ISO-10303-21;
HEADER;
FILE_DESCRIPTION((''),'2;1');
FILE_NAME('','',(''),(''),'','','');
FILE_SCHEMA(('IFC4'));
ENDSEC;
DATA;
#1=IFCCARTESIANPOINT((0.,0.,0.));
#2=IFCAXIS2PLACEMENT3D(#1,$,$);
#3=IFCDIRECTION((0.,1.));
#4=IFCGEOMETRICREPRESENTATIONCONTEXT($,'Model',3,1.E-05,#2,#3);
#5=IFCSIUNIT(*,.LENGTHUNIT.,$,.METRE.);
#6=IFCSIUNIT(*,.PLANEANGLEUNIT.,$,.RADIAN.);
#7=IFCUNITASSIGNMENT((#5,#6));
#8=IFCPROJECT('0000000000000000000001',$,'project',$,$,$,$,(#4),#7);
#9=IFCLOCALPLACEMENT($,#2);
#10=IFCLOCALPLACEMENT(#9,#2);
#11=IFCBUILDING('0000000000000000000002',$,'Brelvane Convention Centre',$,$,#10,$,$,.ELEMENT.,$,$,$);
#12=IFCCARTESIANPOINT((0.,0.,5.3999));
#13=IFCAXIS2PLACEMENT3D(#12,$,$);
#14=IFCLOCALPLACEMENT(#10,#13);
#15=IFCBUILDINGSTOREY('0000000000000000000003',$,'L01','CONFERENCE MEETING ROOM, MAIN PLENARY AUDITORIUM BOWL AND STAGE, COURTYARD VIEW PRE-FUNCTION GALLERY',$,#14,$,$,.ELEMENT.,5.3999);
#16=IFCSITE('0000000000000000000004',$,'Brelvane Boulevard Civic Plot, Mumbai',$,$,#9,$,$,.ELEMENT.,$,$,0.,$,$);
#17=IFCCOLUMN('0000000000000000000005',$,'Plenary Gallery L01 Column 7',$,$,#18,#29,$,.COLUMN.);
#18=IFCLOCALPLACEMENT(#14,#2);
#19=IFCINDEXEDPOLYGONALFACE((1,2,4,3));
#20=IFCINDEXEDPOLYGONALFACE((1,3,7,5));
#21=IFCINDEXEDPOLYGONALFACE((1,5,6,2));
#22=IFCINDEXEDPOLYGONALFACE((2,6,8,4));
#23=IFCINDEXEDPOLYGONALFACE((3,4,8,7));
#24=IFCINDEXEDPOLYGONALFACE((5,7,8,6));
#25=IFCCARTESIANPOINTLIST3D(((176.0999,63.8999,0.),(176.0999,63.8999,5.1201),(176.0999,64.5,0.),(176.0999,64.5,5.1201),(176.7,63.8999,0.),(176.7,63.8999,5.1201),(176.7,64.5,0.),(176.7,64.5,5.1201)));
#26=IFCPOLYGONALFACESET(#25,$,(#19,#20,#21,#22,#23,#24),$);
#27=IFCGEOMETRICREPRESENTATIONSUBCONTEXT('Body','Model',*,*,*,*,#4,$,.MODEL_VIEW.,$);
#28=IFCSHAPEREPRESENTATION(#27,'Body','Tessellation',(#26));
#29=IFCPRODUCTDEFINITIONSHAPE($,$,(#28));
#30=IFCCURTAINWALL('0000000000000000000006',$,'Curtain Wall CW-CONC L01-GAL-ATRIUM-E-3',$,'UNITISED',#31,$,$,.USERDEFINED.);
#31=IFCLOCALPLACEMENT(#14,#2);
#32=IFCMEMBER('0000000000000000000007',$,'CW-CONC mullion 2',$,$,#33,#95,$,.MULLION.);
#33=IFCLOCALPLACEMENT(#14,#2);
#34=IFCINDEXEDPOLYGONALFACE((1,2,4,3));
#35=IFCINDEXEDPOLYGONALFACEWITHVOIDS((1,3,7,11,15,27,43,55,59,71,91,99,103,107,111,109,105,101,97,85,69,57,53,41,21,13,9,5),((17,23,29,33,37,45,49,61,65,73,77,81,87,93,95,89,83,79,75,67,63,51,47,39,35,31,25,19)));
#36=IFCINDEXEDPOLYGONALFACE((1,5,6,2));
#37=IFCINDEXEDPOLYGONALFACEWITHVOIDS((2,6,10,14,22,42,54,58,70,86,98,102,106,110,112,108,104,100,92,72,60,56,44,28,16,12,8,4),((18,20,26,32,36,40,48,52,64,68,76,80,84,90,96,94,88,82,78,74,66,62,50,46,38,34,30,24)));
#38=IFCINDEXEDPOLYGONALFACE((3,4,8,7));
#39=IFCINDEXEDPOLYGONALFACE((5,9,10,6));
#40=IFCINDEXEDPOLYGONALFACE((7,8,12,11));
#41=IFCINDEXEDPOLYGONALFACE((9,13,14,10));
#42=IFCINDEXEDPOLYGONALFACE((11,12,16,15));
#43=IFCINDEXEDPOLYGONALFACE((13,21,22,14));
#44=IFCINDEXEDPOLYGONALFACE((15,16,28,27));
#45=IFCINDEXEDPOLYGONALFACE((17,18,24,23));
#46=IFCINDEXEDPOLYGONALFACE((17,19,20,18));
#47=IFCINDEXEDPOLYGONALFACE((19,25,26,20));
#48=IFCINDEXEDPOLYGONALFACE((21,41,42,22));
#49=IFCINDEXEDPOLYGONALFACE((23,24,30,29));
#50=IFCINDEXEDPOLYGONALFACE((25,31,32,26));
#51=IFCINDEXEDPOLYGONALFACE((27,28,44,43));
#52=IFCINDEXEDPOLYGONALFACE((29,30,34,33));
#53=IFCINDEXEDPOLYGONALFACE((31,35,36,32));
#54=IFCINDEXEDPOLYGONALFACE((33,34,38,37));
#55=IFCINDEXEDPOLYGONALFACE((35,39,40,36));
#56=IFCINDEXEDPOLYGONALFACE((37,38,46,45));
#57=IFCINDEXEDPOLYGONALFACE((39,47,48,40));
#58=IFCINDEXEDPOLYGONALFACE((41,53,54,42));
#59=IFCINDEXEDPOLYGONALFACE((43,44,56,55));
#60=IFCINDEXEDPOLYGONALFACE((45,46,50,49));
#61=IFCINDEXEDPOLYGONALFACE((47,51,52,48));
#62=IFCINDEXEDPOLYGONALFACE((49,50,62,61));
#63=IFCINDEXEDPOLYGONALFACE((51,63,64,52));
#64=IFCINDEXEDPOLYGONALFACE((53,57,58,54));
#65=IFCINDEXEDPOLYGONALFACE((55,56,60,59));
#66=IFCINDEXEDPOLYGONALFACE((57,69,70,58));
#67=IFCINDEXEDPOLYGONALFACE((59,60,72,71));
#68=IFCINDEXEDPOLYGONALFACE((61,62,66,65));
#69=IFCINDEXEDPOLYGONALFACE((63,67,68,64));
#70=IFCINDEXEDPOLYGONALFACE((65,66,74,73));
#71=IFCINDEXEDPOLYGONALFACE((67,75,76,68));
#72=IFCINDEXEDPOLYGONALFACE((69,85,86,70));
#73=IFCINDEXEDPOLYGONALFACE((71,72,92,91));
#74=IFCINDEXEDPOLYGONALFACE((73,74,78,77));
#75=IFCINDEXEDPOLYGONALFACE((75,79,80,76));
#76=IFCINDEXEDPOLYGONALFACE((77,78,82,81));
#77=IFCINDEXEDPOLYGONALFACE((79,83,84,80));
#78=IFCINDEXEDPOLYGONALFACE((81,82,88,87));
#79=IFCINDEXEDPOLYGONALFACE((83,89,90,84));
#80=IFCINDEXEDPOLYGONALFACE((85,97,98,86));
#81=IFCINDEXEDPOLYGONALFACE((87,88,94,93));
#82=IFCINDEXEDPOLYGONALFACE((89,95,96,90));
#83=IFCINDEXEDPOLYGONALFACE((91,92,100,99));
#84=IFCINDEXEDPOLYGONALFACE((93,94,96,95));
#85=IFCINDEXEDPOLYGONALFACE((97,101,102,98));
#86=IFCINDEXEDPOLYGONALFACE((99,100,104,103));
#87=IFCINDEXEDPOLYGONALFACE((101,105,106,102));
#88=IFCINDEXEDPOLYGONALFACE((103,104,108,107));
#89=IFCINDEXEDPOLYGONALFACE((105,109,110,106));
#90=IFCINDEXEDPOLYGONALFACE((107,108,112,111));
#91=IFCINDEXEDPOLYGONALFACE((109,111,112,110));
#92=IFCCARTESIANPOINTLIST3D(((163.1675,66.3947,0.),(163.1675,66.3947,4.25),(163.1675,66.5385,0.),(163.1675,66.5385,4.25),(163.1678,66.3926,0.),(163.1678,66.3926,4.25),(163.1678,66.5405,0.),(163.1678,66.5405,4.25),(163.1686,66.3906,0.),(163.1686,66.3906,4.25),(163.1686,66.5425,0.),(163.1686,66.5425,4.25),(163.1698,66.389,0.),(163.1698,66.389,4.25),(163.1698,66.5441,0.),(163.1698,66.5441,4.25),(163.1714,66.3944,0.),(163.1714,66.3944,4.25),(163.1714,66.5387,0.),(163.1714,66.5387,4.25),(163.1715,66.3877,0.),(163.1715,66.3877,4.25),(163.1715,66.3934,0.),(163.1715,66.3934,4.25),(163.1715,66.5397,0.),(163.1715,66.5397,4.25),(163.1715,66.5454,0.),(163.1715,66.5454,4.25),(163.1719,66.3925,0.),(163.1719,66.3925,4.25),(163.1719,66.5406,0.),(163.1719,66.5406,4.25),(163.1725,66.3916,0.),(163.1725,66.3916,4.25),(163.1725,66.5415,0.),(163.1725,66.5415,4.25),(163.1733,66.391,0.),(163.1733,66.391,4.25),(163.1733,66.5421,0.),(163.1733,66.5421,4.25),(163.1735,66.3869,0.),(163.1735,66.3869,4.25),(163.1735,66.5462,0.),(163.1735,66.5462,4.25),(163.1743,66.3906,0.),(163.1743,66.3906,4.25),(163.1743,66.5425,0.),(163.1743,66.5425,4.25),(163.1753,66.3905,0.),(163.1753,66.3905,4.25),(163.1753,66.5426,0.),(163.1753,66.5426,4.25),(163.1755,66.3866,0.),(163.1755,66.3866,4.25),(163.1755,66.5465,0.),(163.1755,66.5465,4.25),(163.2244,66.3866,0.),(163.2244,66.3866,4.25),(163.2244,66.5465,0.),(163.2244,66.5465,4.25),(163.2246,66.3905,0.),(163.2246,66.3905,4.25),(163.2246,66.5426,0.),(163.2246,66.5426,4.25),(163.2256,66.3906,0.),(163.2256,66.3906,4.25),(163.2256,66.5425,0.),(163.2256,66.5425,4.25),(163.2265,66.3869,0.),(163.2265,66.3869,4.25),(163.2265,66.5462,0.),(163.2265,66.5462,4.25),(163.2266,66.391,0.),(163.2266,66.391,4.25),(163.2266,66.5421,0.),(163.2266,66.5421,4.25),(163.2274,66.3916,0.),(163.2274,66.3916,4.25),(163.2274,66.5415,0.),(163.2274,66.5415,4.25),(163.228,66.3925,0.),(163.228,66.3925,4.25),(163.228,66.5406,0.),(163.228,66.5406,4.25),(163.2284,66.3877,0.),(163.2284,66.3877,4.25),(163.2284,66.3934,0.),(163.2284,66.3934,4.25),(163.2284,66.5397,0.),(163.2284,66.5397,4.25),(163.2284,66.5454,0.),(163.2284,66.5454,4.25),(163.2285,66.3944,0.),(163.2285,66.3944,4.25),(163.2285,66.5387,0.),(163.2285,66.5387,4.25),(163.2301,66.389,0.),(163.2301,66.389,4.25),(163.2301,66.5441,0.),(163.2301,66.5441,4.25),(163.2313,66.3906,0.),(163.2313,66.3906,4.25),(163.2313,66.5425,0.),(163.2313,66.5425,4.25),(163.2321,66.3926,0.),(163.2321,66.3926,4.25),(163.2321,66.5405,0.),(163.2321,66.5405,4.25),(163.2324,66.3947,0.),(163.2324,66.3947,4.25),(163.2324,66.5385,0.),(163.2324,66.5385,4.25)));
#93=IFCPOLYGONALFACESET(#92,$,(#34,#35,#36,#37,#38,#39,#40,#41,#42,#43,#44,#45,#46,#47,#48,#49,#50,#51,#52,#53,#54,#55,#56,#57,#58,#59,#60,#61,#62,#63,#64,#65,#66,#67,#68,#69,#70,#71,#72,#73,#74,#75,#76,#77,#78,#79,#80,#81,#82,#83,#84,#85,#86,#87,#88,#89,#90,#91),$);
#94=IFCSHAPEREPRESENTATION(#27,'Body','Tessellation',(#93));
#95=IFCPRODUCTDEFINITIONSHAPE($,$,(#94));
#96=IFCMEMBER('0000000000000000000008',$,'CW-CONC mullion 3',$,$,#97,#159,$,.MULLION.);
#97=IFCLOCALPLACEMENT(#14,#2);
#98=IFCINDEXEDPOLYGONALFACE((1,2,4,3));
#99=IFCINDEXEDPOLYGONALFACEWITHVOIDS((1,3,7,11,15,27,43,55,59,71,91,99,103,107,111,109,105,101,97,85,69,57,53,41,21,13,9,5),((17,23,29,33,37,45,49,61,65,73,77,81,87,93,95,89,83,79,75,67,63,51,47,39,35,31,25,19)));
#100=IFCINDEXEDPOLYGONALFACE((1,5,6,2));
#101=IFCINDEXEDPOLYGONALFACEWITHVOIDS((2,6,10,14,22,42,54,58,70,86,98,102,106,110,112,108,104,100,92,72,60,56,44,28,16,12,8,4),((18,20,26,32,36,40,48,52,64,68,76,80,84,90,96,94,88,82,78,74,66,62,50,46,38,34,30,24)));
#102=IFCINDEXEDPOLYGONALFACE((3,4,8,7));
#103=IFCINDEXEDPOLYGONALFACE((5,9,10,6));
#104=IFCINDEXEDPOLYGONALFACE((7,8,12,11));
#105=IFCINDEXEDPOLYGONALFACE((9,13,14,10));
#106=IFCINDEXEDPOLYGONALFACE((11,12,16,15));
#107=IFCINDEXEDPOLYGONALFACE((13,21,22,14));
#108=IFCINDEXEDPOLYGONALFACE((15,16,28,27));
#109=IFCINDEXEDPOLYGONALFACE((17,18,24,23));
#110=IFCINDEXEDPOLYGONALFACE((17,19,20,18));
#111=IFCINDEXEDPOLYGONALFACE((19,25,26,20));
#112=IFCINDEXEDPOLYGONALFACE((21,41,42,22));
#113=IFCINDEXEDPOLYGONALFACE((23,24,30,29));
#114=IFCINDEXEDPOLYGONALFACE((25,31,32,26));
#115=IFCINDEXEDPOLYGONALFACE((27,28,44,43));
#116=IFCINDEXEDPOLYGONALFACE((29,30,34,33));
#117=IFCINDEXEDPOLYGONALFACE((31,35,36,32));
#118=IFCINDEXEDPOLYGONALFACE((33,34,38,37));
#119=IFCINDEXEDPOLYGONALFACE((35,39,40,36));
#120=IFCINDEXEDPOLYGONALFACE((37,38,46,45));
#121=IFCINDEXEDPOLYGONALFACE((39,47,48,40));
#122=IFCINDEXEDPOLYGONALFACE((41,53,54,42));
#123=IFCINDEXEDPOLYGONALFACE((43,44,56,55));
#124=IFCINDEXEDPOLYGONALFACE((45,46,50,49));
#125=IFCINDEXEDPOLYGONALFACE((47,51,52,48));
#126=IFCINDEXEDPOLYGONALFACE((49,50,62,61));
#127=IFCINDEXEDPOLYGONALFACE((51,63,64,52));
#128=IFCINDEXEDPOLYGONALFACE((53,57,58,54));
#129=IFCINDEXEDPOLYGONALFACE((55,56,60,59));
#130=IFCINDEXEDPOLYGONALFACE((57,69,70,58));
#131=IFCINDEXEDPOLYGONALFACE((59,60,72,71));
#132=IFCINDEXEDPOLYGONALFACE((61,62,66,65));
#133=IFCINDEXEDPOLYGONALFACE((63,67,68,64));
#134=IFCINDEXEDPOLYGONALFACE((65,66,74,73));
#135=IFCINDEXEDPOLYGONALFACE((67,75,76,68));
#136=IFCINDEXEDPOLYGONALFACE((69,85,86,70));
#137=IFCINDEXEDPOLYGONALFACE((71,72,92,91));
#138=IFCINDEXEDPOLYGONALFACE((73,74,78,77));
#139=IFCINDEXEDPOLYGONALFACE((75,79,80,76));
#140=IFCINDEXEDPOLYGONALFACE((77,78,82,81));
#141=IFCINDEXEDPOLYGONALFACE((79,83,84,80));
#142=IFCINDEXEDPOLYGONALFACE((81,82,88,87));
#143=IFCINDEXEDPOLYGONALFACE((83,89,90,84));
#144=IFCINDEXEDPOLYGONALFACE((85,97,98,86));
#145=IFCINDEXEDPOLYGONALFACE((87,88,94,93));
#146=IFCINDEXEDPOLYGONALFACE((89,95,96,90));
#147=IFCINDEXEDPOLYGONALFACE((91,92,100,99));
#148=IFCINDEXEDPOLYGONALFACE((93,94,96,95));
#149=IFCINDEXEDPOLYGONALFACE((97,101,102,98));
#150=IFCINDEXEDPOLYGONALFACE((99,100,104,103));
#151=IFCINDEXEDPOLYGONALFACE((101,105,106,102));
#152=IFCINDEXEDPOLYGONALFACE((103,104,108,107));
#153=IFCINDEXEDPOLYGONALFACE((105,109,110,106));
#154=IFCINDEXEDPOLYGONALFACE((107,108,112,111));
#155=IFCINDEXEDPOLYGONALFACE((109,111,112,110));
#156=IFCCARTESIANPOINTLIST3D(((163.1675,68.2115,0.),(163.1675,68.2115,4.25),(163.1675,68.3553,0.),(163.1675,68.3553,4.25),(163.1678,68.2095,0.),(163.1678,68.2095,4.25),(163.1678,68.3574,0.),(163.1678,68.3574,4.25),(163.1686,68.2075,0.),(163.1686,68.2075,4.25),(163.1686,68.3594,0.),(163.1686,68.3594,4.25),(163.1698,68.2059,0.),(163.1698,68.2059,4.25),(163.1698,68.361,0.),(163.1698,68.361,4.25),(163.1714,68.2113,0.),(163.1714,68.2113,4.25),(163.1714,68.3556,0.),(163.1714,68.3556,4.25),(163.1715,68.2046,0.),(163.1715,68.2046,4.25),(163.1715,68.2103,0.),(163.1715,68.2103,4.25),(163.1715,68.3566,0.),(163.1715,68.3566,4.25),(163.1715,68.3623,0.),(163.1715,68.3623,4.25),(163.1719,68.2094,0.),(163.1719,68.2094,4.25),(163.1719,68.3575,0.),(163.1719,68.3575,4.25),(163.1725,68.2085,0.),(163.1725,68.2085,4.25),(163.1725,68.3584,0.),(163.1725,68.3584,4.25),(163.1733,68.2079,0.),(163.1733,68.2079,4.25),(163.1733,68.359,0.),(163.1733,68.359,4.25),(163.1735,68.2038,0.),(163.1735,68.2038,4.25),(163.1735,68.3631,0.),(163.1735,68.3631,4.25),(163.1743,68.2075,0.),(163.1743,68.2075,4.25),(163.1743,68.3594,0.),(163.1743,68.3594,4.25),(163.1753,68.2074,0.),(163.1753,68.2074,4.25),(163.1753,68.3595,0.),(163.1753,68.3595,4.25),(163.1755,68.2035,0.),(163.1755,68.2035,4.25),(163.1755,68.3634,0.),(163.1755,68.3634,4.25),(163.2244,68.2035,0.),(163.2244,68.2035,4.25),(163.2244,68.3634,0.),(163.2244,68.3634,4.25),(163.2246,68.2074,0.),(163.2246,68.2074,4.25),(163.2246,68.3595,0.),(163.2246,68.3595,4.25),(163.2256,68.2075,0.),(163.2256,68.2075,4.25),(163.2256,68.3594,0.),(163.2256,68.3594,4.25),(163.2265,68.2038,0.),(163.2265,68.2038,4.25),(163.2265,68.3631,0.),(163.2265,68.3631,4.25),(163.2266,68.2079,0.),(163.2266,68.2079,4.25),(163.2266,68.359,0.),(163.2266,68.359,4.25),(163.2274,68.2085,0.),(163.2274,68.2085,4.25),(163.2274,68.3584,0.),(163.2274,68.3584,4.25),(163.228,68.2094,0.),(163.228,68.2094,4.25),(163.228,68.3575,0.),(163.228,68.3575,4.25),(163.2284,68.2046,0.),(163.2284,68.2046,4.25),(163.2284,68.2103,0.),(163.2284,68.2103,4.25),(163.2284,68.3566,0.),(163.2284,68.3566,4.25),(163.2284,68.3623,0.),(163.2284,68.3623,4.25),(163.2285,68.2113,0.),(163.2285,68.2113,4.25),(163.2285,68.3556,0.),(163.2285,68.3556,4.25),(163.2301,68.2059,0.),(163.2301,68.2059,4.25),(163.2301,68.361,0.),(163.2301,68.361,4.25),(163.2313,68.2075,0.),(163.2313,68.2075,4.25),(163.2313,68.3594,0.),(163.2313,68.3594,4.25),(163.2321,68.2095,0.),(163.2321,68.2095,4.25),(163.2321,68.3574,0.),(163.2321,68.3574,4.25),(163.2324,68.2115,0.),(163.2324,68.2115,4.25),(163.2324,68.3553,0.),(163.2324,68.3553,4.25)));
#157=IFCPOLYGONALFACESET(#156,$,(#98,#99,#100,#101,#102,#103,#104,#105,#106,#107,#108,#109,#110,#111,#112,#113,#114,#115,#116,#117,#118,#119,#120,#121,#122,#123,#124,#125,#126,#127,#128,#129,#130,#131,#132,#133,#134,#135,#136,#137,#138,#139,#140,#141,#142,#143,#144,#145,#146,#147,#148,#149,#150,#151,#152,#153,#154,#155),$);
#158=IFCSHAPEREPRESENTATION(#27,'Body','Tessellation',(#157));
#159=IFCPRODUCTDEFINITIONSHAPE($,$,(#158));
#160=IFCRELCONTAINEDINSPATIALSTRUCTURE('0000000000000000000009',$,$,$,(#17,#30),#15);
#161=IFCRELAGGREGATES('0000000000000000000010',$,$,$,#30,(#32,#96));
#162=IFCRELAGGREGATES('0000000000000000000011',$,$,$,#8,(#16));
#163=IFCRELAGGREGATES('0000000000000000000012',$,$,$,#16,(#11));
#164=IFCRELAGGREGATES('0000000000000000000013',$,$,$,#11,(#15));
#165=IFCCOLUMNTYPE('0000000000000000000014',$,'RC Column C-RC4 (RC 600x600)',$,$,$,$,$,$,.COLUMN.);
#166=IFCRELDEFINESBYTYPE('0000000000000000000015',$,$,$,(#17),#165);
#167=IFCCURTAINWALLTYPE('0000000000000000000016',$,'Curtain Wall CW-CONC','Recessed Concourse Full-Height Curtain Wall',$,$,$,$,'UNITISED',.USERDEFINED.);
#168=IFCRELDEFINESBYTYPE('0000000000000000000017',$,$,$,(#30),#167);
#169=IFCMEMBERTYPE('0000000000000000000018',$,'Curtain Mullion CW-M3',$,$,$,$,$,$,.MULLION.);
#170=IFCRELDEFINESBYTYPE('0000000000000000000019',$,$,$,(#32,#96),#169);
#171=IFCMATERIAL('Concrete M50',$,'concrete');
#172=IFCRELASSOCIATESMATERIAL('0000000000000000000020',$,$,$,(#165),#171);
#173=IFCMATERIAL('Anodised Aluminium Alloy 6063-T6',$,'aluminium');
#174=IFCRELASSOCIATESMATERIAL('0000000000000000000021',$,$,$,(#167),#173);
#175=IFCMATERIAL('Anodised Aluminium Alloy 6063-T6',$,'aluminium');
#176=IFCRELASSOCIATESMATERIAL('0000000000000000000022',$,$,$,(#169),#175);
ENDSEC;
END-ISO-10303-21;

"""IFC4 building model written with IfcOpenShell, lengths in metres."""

from ifc_helpers import new_model, si_unit, direction, frame, origin, origin_2d, place, context, subcontext, project, spatial, rectangle, hollow_rectangle, extrude, material, material_profile, profile_set, type_object, element, aggregate, save


model = new_model("IFC4")

# Units and contexts
model_context = context("Model", 3, precision=1e-05, world=origin(), true_north=direction((0.0, 1.0)))
body_context = subcontext(model_context, "Body", "Model", "MODEL_VIEW")
ifc_project = project(units=[si_unit("LENGTHUNIT", "METRE"), si_unit("PLANEANGLEUNIT", "RADIAN")], contexts=[model_context])

# Site, building, storey
site_placement = place(None, origin())
site = spatial("IfcSite", under=ifc_project, at=site_placement, Name="Brelvane Boulevard Civic Plot, Mumbai", CompositionType="ELEMENT", RefElevation=0.0)
building_placement = place(site_placement, origin())
building = spatial("IfcBuilding", under=site, at=building_placement, Name="Brelvane Convention Centre", CompositionType="ELEMENT")
storey_placement = place(building_placement, frame((0.0, 0.0, 5.3999)))
storey = spatial("IfcBuildingStorey", under=building, at=storey_placement, Name="L01", Description="CONFERENCE MEETING ROOM, MAIN PLENARY AUDITORIUM BOWL AND STAGE, COURTYARD VIEW PRE-FUNCTION GALLERY", CompositionType="ELEMENT", Elevation=5.3999)

# Column
ifc_material_1 = material(Name="Concrete M50", Category="concrete")
ifc_material_profile_1 = material_profile(ifc_material_1, rectangle(XDim=0.6001, YDim=0.6001, at=origin_2d()), Name="RC 600x600")
ifc_profile_set_1 = profile_set([ifc_material_profile_1], Name="Concrete M50")
column_type = type_object("IfcColumnType", Name="RC Column C-RC4 (RC 600x600)", PredefinedType="COLUMN", material=ifc_profile_set_1)
column_placement = place(storey_placement, frame((176.3999, 64.2, 0.0), z_axis=(0.0, 0.0, 1.0), x_axis=(1.0, 0.0, 0.0)))
element("IfcColumn", 1, at=column_placement, inside=storey, type_object=column_type, Name="Plenary Gallery L01 Column 7", PredefinedType="COLUMN", context=body_context, shape_type="SweptSolid", body=[
    extrude(rectangle(XDim=0.6001, YDim=0.6001, at=origin_2d()), origin(), (0.0, 0.0, 1.0), 5.1201),
])

# Curtain wall, members
ifc_material_2 = material(Name="Anodised Aluminium Alloy 6063-T6", Category="aluminium")
curtain_wall_type = type_object("IfcCurtainWallType", Name="Curtain Wall CW-CONC", Description="Recessed Concourse Full-Height Curtain Wall", ElementType="UNITISED", PredefinedType="USERDEFINED", material=ifc_material_2)
curtain_wall_placement = place(storey_placement, origin())
curtain_wall = element("IfcCurtainWall", 2, at=curtain_wall_placement, inside=storey, type_object=curtain_wall_type, Name="Curtain Wall CW-CONC L01-GAL-ATRIUM-E-3", ObjectType="UNITISED", PredefinedType="USERDEFINED")
ifc_material_3 = material(Name="Anodised Aluminium Alloy 6063-T6", Category="aluminium")
ifc_material_profile_2 = material_profile(ifc_material_3, hollow_rectangle(XDim=0.0649, YDim=0.1599, WallThickness=0.0039, InnerFilletRadius=0.0039, OuterFilletRadius=0.0081, at=origin_2d()), Name="ALU-M 160x65x4.0")
ifc_profile_set_2 = profile_set([ifc_material_profile_2], Name="Anodised Aluminium Alloy 6063-T6")
member_type_1 = type_object("IfcMemberType", Name="Curtain Mullion CW-M3", PredefinedType="MULLION", material=ifc_profile_set_2)
member_1_placement = place(storey_placement, frame((163.2, 66.4666, 0.0), z_axis=(0.0, 0.0, 1.0), x_axis=(-1.0, 0.0, 0.0)))
member_1 = element("IfcMember", 3, at=member_1_placement, type_object=member_type_1, Name="CW-CONC mullion 2", PredefinedType="MULLION", context=body_context, shape_type="SweptSolid", body=[
    extrude(hollow_rectangle(XDim=0.0649, YDim=0.1599, WallThickness=0.0039, InnerFilletRadius=0.0039, OuterFilletRadius=0.0081, at=origin_2d()), origin(), (0.0, 0.0, 1.0), 4.25),
])
member_2_placement = place(storey_placement, frame((163.2, 68.2834, 0.0), z_axis=(0.0, 0.0, 1.0), x_axis=(-1.0, 0.0, 0.0)))
member_2 = element("IfcMember", 4, at=member_2_placement, type_object=member_type_1, Name="CW-CONC mullion 3", PredefinedType="MULLION", context=body_context, shape_type="SweptSolid", body=[
    extrude(hollow_rectangle(XDim=0.0649, YDim=0.1599, WallThickness=0.0039, InnerFilletRadius=0.0039, OuterFilletRadius=0.0081, at=origin_2d()), origin(), (0.0, 0.0, 1.0), 4.25),
])

aggregate(curtain_wall, [member_1, member_2])

save(model, "model.ifc")
